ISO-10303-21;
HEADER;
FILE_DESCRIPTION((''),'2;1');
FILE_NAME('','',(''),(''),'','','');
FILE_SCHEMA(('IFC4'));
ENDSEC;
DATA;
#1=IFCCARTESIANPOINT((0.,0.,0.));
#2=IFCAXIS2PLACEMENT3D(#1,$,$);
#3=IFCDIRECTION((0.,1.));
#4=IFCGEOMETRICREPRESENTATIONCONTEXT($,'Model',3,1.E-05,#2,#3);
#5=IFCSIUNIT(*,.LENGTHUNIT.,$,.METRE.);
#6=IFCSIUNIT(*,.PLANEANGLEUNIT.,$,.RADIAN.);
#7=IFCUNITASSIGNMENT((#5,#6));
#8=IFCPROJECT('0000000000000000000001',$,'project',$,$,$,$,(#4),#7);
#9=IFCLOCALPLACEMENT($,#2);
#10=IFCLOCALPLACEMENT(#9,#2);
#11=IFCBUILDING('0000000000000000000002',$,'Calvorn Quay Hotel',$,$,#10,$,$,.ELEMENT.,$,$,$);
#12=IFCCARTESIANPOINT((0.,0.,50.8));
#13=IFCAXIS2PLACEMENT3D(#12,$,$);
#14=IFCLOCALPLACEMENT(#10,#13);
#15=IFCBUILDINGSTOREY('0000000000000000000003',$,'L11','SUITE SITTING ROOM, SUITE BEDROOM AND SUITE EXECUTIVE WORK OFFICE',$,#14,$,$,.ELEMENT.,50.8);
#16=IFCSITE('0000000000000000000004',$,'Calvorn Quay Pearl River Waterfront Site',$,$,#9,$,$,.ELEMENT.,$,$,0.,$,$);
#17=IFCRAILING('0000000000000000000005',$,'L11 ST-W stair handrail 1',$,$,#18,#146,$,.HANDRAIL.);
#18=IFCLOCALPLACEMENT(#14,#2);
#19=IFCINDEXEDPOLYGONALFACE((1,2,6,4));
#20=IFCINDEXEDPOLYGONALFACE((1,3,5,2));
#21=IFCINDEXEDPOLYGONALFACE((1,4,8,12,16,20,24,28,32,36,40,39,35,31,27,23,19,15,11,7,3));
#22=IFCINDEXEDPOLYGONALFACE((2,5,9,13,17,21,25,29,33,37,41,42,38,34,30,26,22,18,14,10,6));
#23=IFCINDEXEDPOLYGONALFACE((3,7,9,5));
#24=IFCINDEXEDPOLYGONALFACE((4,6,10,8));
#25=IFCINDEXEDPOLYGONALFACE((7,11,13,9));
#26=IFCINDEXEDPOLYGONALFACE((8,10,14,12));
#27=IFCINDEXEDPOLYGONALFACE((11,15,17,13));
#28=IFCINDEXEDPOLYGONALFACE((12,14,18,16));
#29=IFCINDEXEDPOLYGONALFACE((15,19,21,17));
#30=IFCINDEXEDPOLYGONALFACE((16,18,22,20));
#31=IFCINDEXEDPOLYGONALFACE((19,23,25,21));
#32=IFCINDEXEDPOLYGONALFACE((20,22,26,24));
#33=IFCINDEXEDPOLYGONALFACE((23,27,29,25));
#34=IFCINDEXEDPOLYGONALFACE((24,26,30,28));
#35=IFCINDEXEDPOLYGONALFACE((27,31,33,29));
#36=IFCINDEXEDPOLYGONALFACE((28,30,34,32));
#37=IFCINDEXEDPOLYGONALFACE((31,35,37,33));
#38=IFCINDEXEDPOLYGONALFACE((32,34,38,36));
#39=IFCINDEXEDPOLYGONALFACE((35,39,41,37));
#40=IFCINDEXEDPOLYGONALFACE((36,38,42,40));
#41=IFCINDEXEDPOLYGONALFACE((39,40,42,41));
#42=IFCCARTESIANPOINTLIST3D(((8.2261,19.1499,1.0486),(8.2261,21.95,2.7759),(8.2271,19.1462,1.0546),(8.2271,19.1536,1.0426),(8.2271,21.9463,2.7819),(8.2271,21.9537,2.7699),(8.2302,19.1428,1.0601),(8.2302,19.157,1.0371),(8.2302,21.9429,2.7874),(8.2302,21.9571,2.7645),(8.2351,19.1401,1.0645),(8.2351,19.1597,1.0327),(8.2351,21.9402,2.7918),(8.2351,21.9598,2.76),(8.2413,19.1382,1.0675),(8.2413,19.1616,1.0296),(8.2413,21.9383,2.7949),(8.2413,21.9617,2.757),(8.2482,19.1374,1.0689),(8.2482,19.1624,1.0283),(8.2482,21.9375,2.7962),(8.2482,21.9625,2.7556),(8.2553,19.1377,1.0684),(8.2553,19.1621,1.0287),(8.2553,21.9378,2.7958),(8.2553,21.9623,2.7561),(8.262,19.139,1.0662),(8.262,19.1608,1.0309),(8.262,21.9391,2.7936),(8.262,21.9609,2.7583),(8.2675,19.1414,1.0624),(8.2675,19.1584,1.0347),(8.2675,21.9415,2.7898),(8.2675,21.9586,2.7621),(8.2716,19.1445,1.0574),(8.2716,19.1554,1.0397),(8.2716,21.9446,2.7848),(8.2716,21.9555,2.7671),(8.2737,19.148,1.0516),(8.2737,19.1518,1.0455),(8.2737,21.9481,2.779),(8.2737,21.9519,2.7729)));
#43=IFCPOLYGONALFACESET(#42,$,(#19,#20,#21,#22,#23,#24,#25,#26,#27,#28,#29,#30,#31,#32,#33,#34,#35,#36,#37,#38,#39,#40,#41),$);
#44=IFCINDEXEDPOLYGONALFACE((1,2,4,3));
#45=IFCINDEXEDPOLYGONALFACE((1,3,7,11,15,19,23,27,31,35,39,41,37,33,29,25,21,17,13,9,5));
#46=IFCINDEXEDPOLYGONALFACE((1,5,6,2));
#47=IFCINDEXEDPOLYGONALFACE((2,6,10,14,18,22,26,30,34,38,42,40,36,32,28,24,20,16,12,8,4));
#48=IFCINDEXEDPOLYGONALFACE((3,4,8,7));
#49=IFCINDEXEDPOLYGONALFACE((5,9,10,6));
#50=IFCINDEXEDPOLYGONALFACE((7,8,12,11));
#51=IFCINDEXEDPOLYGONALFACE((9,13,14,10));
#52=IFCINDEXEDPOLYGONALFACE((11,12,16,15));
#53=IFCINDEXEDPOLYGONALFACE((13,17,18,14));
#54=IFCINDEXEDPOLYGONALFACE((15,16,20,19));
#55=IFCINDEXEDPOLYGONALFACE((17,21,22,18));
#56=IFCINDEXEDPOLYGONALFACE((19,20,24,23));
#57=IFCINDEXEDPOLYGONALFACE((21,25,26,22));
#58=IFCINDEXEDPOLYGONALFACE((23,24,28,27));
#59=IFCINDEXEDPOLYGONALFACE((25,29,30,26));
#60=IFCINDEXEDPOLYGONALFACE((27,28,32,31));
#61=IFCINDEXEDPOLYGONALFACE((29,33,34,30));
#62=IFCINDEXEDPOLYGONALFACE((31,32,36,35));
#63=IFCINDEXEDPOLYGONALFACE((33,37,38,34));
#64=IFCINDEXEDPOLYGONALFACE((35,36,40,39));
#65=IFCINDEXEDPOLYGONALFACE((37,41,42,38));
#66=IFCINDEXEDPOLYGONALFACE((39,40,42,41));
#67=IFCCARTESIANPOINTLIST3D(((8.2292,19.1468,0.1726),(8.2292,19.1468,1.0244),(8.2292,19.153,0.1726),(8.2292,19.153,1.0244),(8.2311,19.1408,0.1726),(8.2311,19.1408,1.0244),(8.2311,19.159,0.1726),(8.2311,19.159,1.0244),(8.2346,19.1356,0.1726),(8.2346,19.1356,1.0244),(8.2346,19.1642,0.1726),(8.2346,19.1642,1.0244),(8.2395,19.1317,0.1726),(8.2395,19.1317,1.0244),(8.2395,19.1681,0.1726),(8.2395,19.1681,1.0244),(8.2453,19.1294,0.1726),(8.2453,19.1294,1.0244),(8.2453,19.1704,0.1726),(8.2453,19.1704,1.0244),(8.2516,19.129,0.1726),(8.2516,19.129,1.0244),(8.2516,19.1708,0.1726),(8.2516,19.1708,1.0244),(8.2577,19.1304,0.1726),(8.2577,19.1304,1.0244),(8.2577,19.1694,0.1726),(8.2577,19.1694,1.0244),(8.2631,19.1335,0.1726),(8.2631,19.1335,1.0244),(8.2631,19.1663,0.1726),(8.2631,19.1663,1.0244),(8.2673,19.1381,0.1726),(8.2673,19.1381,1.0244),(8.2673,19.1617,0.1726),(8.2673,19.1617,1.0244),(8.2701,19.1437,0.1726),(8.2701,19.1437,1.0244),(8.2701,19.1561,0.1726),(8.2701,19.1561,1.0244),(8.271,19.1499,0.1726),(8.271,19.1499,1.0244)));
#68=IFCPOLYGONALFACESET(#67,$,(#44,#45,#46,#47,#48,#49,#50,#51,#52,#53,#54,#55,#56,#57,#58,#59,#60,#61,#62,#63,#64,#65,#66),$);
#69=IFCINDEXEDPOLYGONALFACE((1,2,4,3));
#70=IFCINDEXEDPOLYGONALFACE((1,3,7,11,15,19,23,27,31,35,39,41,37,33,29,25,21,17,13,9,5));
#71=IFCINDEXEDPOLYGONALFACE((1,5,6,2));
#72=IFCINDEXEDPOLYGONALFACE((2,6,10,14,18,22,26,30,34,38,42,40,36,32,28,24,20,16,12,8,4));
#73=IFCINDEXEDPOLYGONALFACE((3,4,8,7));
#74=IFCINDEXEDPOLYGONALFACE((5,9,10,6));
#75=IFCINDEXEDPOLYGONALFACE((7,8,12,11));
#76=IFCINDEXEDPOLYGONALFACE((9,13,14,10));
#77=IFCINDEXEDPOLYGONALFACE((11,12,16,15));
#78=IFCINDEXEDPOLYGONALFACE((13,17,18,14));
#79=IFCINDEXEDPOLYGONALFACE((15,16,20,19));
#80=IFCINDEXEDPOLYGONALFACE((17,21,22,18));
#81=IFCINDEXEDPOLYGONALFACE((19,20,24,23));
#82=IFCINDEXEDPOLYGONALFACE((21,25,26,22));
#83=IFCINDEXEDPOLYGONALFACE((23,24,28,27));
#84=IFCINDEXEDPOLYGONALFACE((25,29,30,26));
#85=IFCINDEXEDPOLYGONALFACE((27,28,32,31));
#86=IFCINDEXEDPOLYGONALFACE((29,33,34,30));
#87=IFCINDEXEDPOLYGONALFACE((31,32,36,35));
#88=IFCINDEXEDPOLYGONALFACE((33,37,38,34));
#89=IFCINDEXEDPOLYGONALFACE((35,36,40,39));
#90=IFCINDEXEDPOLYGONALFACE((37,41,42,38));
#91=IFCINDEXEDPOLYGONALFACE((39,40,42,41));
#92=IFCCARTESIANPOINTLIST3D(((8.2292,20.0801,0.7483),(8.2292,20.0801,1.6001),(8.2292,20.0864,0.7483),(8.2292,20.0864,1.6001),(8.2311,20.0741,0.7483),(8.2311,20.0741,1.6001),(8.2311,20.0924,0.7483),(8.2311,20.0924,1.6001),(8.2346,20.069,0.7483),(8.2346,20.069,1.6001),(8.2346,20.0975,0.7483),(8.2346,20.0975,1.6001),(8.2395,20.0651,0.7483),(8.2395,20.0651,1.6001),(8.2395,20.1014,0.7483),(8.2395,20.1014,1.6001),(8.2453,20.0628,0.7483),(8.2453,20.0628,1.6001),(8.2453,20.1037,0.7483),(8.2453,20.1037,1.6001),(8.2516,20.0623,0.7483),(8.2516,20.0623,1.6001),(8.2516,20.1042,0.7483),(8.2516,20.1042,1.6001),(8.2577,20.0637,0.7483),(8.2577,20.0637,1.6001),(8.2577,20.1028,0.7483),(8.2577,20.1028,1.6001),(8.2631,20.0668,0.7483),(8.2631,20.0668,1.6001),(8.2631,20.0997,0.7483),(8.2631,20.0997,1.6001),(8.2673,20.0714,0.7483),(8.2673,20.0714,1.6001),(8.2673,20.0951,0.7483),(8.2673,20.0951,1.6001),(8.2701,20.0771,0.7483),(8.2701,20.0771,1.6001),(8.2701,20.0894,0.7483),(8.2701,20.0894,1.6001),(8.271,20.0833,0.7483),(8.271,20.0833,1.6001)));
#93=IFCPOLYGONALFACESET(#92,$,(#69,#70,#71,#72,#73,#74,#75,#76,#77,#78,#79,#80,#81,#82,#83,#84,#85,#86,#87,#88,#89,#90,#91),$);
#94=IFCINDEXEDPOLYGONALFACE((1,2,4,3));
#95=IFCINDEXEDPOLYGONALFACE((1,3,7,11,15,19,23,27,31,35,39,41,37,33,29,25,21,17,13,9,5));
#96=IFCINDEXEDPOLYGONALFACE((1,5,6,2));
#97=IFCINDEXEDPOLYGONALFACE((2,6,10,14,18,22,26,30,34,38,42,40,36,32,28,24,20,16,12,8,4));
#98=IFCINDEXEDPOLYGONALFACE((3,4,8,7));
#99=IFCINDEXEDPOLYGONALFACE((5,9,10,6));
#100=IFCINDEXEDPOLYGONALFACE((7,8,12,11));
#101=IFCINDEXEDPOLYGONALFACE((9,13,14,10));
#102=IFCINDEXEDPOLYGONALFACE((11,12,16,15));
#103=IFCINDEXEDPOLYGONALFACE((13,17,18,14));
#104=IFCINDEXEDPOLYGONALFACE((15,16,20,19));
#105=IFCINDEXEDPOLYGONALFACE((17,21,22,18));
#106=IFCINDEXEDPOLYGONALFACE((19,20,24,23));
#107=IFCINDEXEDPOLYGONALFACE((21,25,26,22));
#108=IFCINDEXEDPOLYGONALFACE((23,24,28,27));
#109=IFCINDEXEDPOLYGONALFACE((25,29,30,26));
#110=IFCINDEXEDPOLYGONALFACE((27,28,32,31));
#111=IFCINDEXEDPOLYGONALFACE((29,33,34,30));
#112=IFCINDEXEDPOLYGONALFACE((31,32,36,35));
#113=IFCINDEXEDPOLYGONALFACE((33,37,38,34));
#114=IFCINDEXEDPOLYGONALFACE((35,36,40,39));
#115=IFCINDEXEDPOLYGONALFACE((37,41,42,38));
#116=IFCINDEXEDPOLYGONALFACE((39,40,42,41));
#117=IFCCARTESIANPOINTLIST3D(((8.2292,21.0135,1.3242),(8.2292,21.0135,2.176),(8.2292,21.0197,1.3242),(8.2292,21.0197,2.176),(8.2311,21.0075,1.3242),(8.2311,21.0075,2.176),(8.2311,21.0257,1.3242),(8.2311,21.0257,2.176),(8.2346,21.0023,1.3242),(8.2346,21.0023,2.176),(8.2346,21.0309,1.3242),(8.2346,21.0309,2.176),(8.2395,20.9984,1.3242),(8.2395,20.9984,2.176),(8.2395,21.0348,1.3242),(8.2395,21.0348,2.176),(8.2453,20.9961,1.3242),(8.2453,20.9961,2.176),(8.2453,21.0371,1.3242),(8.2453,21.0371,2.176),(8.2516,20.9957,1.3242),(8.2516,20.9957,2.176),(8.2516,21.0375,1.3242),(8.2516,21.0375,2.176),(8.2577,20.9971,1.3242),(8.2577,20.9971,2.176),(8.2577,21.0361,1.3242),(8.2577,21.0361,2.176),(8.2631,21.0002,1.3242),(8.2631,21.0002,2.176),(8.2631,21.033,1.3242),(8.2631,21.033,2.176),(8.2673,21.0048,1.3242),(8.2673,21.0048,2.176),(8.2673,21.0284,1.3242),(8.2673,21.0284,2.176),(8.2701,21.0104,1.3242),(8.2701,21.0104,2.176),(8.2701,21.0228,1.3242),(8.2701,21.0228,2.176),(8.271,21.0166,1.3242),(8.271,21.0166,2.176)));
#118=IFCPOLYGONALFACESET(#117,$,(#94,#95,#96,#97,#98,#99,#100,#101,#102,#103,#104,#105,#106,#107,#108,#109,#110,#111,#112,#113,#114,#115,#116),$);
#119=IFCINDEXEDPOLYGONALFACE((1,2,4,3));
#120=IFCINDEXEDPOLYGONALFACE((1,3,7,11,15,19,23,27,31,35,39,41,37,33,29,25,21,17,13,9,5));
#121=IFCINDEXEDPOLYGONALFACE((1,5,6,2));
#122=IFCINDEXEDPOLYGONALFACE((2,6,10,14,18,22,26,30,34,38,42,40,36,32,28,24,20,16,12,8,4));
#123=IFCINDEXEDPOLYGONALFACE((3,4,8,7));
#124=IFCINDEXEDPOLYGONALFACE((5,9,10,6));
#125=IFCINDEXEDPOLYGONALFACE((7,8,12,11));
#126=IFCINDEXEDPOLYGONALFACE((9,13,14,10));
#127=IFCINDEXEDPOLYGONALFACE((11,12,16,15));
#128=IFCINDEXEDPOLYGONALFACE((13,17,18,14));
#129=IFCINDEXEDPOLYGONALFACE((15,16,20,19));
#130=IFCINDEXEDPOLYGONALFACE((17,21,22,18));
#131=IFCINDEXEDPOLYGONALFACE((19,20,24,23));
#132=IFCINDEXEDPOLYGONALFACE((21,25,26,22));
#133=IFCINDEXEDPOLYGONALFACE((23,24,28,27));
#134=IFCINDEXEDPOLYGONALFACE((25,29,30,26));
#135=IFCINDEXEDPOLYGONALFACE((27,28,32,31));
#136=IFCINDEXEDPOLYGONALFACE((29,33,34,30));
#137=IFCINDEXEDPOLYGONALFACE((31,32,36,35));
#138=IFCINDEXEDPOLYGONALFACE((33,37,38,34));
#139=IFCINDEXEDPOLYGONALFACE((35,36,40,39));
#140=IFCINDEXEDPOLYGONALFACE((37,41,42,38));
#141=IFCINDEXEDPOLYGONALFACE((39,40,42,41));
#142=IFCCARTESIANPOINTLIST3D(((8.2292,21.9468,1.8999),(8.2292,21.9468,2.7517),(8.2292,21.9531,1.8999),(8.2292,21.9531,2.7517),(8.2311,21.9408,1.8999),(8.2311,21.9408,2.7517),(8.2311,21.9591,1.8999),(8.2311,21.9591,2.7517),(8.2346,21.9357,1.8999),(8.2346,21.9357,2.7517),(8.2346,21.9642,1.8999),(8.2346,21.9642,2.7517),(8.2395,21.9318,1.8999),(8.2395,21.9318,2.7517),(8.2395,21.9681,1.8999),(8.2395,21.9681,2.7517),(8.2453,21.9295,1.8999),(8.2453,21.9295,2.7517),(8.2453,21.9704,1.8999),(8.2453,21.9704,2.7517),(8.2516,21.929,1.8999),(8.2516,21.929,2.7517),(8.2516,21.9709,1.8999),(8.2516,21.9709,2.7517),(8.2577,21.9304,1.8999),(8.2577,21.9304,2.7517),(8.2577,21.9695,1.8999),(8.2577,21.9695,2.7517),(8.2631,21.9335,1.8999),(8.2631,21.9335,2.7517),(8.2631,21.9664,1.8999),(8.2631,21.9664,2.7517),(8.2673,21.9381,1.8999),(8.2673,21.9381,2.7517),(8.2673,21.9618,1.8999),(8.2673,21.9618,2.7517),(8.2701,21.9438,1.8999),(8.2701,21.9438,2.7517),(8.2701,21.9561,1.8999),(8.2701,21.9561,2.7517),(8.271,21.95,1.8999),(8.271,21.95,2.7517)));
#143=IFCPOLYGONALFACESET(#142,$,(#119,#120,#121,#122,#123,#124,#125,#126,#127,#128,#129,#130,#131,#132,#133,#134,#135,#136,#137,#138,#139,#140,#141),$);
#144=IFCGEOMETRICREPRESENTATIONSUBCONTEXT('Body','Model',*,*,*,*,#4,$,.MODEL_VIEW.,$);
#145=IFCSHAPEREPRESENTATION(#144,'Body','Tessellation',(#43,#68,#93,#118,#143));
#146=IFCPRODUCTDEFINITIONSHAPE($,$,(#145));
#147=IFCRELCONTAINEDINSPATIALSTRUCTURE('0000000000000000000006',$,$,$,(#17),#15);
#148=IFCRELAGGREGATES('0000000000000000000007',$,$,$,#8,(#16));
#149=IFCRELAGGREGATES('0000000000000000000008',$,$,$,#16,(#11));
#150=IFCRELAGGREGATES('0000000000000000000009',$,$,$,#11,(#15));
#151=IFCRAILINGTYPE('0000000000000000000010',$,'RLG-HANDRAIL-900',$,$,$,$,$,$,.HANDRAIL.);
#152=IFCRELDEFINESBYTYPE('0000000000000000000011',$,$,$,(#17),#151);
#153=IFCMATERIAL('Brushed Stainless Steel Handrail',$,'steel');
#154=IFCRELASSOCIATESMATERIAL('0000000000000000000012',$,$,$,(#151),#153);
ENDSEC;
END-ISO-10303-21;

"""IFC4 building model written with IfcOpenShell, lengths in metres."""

from ifc_helpers import new_model, si_unit, direction, frame, origin, origin_2d, place, context, subcontext, project, spatial, circle, extrude, material, type_object, element, save


model = new_model("IFC4")

# Units and contexts
model_context = context("Model", 3, precision=1e-05, world=origin(), true_north=direction((0.0, 1.0)))
body_context = subcontext(model_context, "Body", "Model", "MODEL_VIEW")
ifc_project = project(units=[si_unit("LENGTHUNIT", "METRE"), si_unit("PLANEANGLEUNIT", "RADIAN")], contexts=[model_context])

# Site, building, storey
site_placement = place(None, origin())
site = spatial("IfcSite", under=ifc_project, at=site_placement, Name="Calvorn Quay Pearl River Waterfront Site", CompositionType="ELEMENT", RefElevation=0.0)
building_placement = place(site_placement, origin())
building = spatial("IfcBuilding", under=site, at=building_placement, Name="Calvorn Quay Hotel", CompositionType="ELEMENT")
storey_placement = place(building_placement, frame((0.0, 0.0, 50.8)))
storey = spatial("IfcBuildingStorey", under=building, at=storey_placement, Name="L11", Description="SUITE SITTING ROOM, SUITE BEDROOM AND SUITE EXECUTIVE WORK OFFICE", CompositionType="ELEMENT", Elevation=50.8)

# Railing
ifc_material_1 = material(Name="Brushed Stainless Steel Handrail", Category="steel")
railing_type_1 = type_object("IfcRailingType", Name="RLG-HANDRAIL-900", PredefinedType="HANDRAIL", material=ifc_material_1)
railing_1_placement = place(storey_placement, frame((8.25, 19.1499, 0.1726)))
element("IfcRailing", 1, at=railing_1_placement, inside=storey, type_object=railing_type_1, Name="L11 ST-W stair handrail 1", PredefinedType="HANDRAIL", context=body_context, shape_type="SweptSolid", body=[
    extrude(circle(Radius=0.0239, at=origin_2d()), frame((0.0, 0.0, 0.876), z_axis=(0.0, 0.85109, 0.52502), x_axis=(-1.0, 0.0, 0.0)), (0.0, 0.0, 1.0), 3.29),
    extrude(circle(Radius=0.021, at=origin_2d()), origin(), (0.0, 0.0, 1.0), 0.8518),
    extrude(circle(Radius=0.021, at=origin_2d()), frame((0.0, 0.9333, 0.5757)), (0.0, 0.0, 1.0), 0.8518),
    extrude(circle(Radius=0.021, at=origin_2d()), frame((0.0, 1.8667, 1.1516)), (0.0, 0.0, 1.0), 0.8518),
    extrude(circle(Radius=0.021, at=origin_2d()), frame((0.0, 2.8, 1.7273)), (0.0, 0.0, 1.0), 0.8518),
])

save(model, "model.ifc")
